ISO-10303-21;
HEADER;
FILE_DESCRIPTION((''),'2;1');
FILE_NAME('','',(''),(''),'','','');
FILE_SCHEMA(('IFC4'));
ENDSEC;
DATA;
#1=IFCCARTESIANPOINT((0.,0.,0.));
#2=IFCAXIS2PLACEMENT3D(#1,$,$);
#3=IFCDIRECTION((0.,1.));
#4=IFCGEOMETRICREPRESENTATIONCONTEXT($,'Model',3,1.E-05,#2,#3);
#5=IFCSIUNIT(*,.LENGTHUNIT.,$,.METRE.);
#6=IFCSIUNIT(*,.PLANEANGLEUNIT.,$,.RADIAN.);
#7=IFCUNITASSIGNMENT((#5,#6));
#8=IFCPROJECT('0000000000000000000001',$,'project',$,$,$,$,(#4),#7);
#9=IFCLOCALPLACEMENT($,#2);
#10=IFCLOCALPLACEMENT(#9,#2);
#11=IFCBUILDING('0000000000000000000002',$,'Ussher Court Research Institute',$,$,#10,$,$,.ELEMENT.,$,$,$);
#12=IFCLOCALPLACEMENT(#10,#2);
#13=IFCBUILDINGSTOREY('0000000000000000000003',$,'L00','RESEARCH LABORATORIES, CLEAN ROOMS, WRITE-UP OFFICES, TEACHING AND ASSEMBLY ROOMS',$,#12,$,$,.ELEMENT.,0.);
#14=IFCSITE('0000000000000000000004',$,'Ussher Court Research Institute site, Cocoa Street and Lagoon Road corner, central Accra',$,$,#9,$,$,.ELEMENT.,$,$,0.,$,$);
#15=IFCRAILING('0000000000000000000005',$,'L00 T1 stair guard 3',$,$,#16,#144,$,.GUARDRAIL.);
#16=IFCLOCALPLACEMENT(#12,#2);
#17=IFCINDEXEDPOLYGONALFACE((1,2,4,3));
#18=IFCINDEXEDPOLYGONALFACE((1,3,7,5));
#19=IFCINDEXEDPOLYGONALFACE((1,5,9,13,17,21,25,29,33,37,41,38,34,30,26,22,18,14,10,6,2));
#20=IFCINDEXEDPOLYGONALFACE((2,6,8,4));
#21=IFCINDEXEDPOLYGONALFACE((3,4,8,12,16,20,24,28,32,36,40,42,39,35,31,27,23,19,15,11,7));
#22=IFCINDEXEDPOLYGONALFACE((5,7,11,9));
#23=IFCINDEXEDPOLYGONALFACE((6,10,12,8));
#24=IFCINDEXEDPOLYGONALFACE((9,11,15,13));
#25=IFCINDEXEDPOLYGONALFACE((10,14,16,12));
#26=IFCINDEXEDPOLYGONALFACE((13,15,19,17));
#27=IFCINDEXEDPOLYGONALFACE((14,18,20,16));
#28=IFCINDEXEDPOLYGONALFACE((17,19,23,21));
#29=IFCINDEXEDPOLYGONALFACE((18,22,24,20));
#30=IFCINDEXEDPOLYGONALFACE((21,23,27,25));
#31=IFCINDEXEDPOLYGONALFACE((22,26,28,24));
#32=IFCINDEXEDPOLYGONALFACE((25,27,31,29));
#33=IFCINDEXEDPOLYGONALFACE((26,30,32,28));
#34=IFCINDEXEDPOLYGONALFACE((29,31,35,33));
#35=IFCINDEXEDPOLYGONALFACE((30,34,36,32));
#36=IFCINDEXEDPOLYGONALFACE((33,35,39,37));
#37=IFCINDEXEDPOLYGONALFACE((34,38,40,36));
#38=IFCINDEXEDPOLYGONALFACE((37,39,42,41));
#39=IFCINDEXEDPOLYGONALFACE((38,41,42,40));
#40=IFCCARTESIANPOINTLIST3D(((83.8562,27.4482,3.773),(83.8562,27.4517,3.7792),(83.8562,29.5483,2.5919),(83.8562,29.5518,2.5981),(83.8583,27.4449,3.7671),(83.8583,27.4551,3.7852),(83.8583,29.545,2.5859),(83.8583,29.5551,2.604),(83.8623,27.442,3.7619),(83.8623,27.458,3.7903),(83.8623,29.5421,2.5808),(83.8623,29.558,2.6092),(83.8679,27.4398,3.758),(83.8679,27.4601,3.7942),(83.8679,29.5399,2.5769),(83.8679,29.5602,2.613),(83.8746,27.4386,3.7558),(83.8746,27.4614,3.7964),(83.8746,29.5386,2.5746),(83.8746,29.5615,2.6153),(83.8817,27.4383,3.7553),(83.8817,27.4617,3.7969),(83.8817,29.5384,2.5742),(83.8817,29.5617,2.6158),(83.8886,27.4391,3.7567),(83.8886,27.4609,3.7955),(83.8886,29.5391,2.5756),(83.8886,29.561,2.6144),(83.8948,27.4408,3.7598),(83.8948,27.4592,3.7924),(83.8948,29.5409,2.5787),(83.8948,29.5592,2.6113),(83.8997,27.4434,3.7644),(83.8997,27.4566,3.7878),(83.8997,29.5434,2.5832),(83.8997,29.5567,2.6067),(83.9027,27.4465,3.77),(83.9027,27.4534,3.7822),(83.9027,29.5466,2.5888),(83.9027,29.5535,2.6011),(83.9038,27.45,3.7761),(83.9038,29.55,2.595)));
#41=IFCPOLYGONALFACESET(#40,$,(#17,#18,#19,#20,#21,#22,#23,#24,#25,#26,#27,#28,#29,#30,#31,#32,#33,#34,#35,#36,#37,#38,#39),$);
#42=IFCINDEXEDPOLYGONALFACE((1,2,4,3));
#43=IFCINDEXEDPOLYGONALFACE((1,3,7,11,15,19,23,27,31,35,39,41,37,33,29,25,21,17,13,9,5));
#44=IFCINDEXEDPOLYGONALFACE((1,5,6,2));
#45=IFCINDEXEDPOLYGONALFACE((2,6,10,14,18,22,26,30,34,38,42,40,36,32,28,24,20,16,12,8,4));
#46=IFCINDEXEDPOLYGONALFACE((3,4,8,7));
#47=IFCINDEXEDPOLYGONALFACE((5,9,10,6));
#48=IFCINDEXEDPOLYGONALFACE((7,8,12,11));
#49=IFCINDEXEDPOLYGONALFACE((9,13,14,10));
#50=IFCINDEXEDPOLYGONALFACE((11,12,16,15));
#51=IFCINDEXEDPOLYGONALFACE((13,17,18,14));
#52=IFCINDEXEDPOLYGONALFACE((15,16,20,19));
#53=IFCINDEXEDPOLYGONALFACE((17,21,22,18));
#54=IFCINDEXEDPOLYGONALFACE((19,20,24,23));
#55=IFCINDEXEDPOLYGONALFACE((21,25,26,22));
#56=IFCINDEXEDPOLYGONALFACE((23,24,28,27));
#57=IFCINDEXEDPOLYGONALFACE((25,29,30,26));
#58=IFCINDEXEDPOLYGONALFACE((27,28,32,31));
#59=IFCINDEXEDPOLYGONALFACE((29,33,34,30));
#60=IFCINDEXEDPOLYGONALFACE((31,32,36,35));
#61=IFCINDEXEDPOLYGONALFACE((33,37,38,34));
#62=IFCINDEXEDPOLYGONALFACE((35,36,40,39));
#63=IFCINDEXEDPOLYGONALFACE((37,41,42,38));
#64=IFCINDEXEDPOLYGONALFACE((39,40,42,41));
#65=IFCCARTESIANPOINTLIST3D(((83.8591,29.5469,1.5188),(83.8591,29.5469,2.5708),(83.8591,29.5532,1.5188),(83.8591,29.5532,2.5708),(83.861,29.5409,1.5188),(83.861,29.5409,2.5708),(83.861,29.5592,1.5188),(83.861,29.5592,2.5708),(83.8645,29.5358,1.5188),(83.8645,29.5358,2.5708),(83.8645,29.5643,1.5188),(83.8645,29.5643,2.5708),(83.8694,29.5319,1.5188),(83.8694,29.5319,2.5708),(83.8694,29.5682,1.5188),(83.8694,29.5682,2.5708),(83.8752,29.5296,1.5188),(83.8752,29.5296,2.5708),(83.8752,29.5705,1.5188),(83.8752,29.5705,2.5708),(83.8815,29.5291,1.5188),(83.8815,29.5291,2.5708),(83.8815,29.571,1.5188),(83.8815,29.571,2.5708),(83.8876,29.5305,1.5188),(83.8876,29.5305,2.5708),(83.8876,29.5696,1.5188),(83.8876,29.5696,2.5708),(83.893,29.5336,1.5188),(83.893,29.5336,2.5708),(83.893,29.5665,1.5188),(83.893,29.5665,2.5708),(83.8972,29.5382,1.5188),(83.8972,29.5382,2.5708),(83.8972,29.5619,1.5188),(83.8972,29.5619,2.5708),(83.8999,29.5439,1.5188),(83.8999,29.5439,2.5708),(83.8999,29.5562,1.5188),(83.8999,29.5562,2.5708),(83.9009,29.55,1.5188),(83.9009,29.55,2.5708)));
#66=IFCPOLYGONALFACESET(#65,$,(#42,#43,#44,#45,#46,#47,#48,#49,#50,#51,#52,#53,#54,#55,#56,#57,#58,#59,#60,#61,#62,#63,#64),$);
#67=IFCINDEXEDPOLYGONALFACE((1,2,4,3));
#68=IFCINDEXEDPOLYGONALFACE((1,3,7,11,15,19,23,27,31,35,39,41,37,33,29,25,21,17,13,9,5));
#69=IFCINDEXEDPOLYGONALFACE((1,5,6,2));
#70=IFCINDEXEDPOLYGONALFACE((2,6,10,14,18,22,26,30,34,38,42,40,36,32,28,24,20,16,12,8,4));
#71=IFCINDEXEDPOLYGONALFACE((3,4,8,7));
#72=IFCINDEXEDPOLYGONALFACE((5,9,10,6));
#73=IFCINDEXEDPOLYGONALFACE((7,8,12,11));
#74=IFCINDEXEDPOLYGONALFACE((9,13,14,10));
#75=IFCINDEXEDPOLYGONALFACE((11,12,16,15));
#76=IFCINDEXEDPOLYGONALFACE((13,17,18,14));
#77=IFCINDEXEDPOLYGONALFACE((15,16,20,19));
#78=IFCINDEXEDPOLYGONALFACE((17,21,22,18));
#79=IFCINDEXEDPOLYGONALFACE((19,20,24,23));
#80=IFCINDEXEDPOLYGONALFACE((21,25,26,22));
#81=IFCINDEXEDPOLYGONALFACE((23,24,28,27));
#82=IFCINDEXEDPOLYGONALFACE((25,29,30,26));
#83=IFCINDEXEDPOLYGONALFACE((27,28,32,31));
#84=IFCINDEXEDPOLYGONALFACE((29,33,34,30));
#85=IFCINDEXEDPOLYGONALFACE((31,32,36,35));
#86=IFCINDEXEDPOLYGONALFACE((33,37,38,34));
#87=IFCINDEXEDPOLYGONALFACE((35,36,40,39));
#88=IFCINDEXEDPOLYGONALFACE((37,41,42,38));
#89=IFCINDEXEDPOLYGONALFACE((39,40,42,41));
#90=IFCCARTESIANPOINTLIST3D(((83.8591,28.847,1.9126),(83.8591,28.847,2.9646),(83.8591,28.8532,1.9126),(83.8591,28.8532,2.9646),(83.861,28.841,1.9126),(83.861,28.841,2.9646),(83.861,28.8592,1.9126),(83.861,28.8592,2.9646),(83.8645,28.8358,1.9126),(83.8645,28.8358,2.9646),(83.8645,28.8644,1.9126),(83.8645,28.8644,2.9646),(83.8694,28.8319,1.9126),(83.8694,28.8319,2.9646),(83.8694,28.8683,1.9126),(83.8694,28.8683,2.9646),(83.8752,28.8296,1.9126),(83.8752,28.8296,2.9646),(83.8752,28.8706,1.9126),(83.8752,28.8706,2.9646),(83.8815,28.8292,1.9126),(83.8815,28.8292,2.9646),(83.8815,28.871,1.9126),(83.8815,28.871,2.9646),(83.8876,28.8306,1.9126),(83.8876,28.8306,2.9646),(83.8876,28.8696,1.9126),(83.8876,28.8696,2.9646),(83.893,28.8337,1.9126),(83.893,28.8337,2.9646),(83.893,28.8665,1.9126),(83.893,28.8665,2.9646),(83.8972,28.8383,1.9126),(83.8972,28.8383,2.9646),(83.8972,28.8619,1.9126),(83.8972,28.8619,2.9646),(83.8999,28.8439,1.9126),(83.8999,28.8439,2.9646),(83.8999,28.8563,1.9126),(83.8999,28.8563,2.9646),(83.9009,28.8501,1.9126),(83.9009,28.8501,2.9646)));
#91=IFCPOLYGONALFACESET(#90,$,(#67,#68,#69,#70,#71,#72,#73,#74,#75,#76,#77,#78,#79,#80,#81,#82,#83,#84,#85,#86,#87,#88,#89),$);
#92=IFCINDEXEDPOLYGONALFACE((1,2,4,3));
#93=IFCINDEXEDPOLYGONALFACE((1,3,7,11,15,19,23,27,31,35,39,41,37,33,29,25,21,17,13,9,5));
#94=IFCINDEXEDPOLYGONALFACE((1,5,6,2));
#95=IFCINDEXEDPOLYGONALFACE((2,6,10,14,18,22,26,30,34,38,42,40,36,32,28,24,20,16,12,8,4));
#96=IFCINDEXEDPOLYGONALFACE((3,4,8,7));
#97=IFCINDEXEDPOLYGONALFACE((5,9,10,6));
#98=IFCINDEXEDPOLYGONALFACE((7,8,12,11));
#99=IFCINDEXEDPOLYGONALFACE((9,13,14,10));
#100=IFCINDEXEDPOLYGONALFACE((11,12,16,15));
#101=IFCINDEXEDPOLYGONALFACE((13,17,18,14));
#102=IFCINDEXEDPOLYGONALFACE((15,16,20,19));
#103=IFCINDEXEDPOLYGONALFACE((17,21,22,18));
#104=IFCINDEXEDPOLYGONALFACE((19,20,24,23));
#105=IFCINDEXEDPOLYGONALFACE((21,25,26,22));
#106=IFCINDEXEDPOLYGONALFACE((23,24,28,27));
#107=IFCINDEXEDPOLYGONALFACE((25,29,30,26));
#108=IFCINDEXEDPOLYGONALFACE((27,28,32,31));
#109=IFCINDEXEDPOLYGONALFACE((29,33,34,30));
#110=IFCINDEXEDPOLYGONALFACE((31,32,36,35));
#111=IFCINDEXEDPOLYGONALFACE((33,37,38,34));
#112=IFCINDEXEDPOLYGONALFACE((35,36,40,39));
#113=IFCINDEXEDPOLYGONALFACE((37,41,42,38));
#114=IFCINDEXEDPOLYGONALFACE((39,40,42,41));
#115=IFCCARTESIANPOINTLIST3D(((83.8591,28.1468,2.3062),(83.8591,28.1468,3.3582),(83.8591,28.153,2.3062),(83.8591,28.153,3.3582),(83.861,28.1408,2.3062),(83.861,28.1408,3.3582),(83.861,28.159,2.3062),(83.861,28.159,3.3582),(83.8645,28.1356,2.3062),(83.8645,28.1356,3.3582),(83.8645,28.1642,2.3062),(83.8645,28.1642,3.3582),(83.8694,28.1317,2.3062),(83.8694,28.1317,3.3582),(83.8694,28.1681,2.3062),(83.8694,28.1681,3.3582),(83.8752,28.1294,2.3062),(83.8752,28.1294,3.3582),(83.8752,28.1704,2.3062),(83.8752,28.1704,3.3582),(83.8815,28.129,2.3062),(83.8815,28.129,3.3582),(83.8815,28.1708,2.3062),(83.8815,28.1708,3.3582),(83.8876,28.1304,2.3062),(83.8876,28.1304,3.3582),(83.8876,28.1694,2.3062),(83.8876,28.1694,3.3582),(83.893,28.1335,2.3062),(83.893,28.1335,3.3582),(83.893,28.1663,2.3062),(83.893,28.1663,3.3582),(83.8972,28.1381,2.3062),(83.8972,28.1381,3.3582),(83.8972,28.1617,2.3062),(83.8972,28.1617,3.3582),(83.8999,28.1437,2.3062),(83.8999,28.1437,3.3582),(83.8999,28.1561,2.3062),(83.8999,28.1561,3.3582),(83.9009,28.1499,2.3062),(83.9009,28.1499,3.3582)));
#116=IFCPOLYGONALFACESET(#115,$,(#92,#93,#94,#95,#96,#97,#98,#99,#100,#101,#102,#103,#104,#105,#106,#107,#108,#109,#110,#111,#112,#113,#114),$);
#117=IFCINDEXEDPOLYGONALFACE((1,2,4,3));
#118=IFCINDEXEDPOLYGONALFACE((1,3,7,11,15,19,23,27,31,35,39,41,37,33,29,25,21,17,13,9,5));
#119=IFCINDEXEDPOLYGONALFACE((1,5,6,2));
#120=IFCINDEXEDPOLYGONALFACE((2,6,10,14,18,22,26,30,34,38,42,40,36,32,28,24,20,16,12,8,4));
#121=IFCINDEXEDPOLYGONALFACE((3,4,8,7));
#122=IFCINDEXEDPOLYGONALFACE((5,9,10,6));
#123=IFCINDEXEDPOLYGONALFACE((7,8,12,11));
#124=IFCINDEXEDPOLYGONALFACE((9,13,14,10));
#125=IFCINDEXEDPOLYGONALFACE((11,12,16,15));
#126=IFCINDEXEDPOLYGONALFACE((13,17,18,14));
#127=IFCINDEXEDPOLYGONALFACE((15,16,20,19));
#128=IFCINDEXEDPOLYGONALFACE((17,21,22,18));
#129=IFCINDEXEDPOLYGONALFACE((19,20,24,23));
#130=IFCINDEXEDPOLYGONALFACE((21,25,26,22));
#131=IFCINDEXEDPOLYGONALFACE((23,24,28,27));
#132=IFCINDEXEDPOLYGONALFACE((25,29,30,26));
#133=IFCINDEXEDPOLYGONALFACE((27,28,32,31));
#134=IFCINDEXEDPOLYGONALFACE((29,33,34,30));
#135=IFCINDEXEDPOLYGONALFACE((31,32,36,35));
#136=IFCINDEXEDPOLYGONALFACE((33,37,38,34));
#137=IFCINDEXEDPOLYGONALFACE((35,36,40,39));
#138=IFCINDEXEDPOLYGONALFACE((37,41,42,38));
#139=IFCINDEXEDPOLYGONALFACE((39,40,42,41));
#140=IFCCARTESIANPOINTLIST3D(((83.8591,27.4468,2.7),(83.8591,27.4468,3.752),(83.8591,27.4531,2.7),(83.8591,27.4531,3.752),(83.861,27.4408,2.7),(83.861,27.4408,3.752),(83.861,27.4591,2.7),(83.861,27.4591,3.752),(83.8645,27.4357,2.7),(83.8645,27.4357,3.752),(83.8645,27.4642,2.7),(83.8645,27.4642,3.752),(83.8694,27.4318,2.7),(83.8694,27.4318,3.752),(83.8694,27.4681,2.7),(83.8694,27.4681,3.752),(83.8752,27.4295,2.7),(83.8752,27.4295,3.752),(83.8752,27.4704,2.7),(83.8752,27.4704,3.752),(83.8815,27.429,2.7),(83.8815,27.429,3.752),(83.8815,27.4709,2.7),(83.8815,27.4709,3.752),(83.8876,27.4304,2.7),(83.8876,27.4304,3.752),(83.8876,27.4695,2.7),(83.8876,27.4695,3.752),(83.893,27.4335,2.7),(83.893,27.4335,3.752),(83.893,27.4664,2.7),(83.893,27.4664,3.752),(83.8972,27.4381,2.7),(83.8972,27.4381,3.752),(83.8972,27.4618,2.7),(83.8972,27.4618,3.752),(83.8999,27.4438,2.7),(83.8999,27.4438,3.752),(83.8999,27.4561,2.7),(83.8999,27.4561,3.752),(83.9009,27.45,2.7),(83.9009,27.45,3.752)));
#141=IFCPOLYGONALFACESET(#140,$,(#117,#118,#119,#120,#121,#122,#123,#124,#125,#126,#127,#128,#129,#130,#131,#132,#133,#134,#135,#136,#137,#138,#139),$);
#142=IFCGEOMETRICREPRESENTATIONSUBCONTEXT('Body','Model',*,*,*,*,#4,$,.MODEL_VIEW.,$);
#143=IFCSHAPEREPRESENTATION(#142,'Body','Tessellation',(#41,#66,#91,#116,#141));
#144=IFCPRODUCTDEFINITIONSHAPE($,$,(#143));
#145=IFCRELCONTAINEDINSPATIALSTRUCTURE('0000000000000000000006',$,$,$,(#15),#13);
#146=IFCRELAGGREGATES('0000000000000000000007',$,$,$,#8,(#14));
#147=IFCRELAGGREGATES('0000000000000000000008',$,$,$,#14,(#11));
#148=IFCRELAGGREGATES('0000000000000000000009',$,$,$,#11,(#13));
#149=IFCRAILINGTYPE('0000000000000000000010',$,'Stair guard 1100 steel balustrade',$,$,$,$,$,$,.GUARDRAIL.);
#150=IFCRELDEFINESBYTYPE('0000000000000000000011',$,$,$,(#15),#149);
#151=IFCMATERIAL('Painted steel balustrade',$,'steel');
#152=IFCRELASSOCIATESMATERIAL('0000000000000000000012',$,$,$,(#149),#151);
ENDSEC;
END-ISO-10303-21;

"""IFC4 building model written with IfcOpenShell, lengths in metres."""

from ifc_helpers import new_model, si_unit, direction, frame, origin, origin_2d, place, context, subcontext, project, spatial, circle, extrude, material, type_object, element, save


model = new_model("IFC4")

# Units and contexts
model_context = context("Model", 3, precision=1e-05, world=origin(), true_north=direction((0.0, 1.0)))
body_context = subcontext(model_context, "Body", "Model", "MODEL_VIEW")
ifc_project = project(units=[si_unit("LENGTHUNIT", "METRE"), si_unit("PLANEANGLEUNIT", "RADIAN")], contexts=[model_context])

# Site, building, storey
site_placement = place(None, origin())
site = spatial("IfcSite", under=ifc_project, at=site_placement, Name="Ussher Court Research Institute site, Cocoa Street and Lagoon Road corner, central Accra", CompositionType="ELEMENT", RefElevation=0.0)
building_placement = place(site_placement, origin())
building = spatial("IfcBuilding", under=site, at=building_placement, Name="Ussher Court Research Institute", CompositionType="ELEMENT")
storey_placement = place(building_placement, origin())
storey = spatial("IfcBuildingStorey", under=building, at=storey_placement, Name="L00", Description="RESEARCH LABORATORIES, CLEAN ROOMS, WRITE-UP OFFICES, TEACHING AND ASSEMBLY ROOMS", CompositionType="ELEMENT", Elevation=0.0)

# Railing
ifc_material_1 = material(Name="Painted steel balustrade", Category="steel")
railing_type_1 = type_object("IfcRailingType", Name="Stair guard 1100 steel balustrade", PredefinedType="GUARDRAIL", material=ifc_material_1)
railing_1_placement = place(storey_placement, frame((83.8799, 29.55, 1.5188)))
element("IfcRailing", 1, at=railing_1_placement, inside=storey, type_object=railing_type_1, Name="L00 T1 stair guard 3", PredefinedType="GUARDRAIL", context=body_context, shape_type="SweptSolid", body=[
    extrude(circle(Radius=0.0239, at=origin_2d()), frame((0.0, 0.0, 1.0762), z_axis=(0.0, -0.871603, 0.490213), x_axis=(1.0, 0.0, 0.0)), (0.0, 0.0, 1.0), 2.4094),
    extrude(circle(Radius=0.021, at=origin_2d()), origin(), (0.0, 0.0, 1.0), 1.052),
    extrude(circle(Radius=0.021, at=origin_2d()), frame((0.0, -0.7, 0.3938)), (0.0, 0.0, 1.0), 1.052),
    extrude(circle(Radius=0.021, at=origin_2d()), frame((0.0, -1.4001, 0.7874)), (0.0, 0.0, 1.0), 1.052),
    extrude(circle(Radius=0.021, at=origin_2d()), frame((0.0, -2.1001, 1.1812)), (0.0, 0.0, 1.0), 1.052),
])

save(model, "model.ifc")
